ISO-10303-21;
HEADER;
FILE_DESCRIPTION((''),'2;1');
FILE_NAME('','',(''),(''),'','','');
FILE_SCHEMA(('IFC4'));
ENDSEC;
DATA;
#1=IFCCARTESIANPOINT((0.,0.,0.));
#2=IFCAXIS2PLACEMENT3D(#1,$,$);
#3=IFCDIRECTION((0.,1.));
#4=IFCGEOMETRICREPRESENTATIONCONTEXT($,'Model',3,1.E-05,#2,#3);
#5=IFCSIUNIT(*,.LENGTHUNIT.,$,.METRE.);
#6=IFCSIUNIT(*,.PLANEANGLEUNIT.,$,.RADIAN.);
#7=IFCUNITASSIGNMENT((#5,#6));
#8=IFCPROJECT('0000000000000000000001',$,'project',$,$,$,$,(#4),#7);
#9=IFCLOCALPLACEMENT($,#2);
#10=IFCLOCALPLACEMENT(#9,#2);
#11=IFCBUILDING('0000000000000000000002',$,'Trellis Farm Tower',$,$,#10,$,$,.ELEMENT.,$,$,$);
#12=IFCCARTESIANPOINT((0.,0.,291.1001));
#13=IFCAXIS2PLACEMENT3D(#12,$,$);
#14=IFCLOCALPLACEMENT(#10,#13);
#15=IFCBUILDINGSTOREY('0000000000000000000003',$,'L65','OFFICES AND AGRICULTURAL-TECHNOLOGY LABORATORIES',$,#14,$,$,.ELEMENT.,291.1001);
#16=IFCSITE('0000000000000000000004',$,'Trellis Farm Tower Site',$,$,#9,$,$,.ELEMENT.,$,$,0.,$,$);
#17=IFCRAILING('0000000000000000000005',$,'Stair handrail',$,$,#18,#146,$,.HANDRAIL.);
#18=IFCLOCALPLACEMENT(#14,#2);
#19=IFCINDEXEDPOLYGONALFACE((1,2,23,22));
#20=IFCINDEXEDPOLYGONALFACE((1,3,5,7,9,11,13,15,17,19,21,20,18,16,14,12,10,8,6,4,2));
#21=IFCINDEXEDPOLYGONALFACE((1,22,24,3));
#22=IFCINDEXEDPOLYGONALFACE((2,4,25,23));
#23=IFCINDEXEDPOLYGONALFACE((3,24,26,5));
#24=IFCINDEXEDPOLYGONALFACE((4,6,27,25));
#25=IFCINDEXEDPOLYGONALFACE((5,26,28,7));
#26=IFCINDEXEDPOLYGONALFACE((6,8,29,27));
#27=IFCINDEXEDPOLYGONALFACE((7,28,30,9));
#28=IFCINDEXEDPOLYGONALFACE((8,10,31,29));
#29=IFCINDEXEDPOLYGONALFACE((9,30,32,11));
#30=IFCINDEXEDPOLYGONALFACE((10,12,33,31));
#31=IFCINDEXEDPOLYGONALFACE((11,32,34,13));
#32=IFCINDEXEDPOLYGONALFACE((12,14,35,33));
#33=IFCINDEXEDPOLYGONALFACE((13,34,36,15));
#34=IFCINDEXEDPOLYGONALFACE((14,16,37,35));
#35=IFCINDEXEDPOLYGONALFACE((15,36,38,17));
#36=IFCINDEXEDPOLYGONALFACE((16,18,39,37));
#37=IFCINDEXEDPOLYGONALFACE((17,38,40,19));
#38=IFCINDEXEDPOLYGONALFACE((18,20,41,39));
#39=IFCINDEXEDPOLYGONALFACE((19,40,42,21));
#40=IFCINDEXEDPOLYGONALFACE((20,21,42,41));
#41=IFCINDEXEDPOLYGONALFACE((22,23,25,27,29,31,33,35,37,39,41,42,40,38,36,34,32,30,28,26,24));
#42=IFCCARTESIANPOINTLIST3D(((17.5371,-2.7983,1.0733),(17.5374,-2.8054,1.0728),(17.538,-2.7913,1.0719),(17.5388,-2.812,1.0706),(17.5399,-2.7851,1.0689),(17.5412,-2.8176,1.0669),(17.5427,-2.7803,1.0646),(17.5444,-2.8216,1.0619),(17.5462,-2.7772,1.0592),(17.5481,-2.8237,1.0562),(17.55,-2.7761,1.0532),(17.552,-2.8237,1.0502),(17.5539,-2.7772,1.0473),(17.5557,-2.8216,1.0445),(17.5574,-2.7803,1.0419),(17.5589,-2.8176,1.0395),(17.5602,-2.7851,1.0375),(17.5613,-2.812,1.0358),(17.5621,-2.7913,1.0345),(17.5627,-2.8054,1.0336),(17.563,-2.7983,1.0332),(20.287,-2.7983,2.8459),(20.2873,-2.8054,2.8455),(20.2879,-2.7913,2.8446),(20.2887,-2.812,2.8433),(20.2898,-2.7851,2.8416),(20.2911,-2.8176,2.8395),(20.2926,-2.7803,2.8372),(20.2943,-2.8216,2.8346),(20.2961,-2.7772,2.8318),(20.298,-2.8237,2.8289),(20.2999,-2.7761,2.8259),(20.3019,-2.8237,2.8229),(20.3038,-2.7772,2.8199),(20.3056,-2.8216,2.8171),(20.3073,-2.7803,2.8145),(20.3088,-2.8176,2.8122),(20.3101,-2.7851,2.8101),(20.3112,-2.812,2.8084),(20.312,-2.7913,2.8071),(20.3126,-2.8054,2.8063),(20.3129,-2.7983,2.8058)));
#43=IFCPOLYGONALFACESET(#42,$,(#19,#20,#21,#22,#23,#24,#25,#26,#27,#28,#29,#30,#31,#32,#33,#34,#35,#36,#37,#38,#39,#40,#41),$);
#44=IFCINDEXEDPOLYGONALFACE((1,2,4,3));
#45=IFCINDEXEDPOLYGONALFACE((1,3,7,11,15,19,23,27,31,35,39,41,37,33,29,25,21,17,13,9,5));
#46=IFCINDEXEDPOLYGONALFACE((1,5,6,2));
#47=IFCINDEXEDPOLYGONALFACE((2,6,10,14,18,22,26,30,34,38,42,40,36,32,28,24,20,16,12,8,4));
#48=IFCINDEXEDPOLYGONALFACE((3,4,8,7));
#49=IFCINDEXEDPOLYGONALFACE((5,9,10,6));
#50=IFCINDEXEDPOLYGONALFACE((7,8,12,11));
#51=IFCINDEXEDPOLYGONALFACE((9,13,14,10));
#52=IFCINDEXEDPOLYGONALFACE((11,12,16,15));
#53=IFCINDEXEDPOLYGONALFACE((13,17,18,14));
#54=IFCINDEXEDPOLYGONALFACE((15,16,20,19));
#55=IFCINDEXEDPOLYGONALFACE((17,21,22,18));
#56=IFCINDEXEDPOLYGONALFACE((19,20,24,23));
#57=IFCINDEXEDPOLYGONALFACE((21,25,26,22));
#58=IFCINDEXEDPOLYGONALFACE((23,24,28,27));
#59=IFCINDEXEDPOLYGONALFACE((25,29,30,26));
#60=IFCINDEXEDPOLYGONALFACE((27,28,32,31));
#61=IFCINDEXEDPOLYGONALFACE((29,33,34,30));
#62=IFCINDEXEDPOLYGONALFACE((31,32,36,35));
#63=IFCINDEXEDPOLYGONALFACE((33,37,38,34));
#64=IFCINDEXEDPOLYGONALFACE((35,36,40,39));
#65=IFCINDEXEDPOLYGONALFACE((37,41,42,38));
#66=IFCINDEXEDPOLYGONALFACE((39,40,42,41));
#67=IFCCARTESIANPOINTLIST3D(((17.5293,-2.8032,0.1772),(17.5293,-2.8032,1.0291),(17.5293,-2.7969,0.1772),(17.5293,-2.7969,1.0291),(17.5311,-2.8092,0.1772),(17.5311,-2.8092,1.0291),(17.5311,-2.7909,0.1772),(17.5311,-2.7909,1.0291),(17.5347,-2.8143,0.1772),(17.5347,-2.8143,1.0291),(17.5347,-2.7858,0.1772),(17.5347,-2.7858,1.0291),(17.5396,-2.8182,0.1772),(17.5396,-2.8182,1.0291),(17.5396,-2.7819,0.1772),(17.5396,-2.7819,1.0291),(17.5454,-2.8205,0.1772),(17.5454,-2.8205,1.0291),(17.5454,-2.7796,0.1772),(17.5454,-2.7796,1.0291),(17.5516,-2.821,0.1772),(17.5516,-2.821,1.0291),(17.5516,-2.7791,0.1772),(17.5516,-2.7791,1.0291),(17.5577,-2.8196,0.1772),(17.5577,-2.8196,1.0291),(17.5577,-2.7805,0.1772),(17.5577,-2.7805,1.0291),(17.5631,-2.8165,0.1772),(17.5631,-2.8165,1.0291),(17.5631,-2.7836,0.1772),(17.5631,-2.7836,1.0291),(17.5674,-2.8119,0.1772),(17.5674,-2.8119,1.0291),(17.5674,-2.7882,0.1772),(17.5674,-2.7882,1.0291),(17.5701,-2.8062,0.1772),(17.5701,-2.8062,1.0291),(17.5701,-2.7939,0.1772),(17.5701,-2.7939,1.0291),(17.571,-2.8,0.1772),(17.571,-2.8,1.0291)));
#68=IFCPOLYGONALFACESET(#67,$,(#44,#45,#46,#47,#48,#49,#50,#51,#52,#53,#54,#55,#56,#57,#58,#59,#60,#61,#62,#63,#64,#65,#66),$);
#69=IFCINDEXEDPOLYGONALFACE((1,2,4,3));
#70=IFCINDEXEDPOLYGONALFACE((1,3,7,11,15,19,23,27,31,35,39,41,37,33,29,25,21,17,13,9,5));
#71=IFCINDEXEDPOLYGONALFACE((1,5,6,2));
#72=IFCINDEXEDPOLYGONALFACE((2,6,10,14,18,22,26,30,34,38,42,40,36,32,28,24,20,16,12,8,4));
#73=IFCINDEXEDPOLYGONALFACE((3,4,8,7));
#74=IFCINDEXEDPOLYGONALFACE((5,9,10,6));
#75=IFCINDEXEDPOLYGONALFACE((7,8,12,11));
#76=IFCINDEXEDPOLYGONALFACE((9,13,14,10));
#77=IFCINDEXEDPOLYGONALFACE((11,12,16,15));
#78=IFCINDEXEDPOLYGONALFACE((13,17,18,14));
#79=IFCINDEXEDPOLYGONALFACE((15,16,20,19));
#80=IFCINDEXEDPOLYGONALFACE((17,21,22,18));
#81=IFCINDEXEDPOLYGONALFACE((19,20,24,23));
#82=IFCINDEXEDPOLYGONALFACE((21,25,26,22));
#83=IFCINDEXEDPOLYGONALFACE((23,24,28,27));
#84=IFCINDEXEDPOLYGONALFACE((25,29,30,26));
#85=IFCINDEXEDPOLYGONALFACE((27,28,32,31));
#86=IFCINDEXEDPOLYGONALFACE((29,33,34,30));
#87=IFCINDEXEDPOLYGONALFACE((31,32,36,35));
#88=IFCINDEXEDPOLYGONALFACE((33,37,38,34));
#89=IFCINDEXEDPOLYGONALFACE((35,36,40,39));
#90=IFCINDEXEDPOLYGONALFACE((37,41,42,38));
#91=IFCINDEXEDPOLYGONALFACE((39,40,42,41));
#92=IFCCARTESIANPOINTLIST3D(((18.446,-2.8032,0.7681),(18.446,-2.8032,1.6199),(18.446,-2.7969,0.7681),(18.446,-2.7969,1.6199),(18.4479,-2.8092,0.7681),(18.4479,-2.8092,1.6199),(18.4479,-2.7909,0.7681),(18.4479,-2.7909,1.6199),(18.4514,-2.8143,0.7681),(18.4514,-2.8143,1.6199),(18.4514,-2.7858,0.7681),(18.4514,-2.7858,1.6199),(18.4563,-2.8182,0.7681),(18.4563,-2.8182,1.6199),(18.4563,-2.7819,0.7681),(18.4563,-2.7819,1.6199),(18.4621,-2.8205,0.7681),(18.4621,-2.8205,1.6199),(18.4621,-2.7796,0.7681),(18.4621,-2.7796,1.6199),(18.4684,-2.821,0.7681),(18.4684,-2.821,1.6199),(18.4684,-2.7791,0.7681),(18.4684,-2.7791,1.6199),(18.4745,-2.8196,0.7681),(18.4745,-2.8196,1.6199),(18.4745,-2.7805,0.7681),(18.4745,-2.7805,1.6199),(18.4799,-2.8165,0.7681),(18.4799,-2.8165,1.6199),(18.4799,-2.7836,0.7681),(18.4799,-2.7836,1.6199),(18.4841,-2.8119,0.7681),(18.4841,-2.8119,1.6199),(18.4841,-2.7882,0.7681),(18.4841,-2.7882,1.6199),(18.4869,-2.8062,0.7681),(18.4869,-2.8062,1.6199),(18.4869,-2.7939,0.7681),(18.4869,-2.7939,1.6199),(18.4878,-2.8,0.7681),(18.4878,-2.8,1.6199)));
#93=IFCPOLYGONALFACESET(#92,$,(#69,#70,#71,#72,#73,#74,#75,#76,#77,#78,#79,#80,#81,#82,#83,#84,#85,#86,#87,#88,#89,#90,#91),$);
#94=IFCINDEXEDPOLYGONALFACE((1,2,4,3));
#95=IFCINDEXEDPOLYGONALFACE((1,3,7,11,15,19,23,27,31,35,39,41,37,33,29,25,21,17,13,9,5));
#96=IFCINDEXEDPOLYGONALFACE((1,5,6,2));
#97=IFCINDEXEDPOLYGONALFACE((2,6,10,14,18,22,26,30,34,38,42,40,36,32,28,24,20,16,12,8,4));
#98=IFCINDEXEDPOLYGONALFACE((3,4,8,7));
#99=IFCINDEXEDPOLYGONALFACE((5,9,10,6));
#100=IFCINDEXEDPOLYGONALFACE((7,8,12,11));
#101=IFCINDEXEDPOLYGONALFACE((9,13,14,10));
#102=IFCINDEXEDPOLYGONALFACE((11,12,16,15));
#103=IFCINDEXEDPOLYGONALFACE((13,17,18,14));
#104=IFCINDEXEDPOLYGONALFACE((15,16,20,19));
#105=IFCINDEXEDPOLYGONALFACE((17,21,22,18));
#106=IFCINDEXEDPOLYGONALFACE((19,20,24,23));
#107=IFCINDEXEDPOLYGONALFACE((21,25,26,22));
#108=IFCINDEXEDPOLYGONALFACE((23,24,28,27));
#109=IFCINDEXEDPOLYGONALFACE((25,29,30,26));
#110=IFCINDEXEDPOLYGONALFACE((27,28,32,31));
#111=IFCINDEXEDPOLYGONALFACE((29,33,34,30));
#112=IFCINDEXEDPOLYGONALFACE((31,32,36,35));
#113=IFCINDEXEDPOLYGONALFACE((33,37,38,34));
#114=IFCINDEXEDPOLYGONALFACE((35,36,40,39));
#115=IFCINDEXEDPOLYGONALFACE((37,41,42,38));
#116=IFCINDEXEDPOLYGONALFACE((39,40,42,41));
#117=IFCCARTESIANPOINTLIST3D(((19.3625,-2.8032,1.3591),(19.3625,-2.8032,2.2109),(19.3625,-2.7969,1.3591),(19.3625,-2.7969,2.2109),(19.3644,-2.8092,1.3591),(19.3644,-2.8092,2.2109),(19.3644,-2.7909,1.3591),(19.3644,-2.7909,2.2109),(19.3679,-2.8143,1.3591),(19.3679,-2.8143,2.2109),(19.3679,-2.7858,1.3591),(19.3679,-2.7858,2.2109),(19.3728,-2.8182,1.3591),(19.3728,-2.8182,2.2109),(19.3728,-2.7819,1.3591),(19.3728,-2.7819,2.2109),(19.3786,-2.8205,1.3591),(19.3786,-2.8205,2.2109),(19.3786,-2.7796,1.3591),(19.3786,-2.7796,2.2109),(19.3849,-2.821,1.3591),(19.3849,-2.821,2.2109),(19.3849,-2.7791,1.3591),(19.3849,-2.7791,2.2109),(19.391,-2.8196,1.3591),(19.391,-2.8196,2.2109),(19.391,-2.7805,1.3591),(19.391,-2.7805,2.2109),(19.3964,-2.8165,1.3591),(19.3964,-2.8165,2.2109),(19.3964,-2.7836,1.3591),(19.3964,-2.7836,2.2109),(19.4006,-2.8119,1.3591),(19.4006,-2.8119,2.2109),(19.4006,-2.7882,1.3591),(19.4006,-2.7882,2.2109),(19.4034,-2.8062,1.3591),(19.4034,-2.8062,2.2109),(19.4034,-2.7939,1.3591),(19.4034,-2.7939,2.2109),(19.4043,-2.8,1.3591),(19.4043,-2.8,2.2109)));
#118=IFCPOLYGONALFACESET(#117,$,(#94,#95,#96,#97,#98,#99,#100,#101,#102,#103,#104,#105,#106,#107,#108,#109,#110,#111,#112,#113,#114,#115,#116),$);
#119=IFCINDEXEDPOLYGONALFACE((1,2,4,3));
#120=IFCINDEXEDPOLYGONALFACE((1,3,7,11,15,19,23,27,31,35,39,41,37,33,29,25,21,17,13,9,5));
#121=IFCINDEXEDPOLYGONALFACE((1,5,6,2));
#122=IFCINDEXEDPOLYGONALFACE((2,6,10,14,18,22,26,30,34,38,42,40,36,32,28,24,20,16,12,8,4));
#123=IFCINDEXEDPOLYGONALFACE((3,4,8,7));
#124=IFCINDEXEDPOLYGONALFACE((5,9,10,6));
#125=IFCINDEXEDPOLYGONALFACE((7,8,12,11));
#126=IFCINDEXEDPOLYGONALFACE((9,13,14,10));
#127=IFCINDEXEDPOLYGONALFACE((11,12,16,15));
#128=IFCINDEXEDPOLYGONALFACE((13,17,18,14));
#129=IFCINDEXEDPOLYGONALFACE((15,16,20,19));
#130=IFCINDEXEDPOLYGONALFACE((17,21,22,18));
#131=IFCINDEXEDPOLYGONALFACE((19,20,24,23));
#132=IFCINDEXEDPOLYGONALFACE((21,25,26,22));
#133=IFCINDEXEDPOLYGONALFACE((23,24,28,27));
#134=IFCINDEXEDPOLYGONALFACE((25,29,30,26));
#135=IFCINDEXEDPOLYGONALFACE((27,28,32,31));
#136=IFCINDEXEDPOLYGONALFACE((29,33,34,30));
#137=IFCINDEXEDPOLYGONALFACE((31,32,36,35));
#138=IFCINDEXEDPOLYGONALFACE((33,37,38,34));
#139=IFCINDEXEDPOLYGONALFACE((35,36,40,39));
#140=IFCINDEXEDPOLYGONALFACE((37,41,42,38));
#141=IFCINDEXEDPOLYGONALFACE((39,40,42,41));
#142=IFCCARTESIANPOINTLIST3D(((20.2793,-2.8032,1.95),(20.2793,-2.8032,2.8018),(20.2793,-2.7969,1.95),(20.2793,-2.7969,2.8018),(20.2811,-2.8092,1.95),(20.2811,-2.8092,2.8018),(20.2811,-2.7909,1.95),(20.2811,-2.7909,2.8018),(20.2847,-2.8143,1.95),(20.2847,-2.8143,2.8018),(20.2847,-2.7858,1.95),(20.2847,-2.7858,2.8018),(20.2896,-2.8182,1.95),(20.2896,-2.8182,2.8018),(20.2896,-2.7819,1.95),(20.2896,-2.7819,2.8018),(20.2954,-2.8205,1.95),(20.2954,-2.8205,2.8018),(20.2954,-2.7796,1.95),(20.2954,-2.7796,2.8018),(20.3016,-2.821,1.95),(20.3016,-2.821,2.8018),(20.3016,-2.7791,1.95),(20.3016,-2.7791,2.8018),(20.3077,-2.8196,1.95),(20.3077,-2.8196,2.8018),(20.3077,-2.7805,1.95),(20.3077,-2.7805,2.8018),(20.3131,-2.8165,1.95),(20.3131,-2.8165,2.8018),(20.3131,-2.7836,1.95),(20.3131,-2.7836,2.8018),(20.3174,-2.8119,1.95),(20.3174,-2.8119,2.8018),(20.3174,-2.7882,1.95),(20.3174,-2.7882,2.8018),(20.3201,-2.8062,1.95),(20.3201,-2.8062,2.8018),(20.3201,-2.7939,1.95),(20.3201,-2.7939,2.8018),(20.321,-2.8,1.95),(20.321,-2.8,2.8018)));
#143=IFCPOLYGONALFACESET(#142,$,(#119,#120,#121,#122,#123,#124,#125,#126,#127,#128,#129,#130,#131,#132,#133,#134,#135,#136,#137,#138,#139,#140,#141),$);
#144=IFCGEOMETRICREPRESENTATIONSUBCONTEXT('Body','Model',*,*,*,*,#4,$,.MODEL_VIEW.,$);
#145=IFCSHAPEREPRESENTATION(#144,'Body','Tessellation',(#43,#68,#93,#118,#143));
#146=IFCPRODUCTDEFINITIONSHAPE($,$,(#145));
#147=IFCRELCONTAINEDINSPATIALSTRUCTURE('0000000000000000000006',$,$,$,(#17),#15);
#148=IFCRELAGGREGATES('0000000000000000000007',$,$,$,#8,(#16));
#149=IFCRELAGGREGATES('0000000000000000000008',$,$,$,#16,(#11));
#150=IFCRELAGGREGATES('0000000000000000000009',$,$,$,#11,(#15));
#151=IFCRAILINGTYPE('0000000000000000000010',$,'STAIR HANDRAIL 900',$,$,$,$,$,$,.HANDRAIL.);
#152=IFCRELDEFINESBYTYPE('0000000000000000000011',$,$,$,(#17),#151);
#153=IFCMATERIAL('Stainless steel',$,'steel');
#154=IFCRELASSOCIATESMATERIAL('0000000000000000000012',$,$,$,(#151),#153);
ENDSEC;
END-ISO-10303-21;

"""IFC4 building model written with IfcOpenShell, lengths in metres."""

from ifc_helpers import new_model, si_unit, direction, frame, origin, origin_2d, place, context, subcontext, project, spatial, circle, extrude, source, transform, mapped, material, type_object, element, save


model = new_model("IFC4")

# Units and contexts
model_context = context("Model", 3, precision=1e-05, world=origin(), true_north=direction((0.0, 1.0)))
body_context = subcontext(model_context, "Body", "Model", "MODEL_VIEW")
ifc_project = project(units=[si_unit("LENGTHUNIT", "METRE"), si_unit("PLANEANGLEUNIT", "RADIAN")], contexts=[model_context])

# Site, building, storey
site_placement = place(None, origin())
site = spatial("IfcSite", under=ifc_project, at=site_placement, Name="Trellis Farm Tower Site", CompositionType="ELEMENT", RefElevation=0.0)
building_placement = place(site_placement, origin())
building = spatial("IfcBuilding", under=site, at=building_placement, Name="Trellis Farm Tower", CompositionType="ELEMENT")
storey_placement = place(building_placement, frame((0.0, 0.0, 291.1001)))
storey = spatial("IfcBuildingStorey", under=building, at=storey_placement, Name="L65", Description="OFFICES AND AGRICULTURAL-TECHNOLOGY LABORATORIES", CompositionType="ELEMENT", Elevation=291.1001)

# Railing
ifc_material_1 = material(Name="Stainless steel", Category="steel")
railing_type = type_object("IfcRailingType", Name="STAIR HANDRAIL 900", PredefinedType="HANDRAIL", material=ifc_material_1)
shared_shape_1 = source(origin(), body_context, "Body", "SweptSolid", [
    extrude(circle(Radius=0.0239, at=origin_2d()), frame((0.0, 0.0, 0.876), z_axis=(0.840504, 0.0, 0.541806), x_axis=(0.0, 1.0, 0.0)), (0.0, 0.0, 1.0), 3.2717),
    extrude(circle(Radius=0.021, at=origin_2d()), origin(), (0.0, 0.0, 1.0), 0.8518),
    extrude(circle(Radius=0.021, at=origin_2d()), frame((0.9167, 0.0, 0.5908)), (0.0, 0.0, 1.0), 0.8518),
    extrude(circle(Radius=0.021, at=origin_2d()), frame((1.8333, 0.0, 1.1819)), (0.0, 0.0, 1.0), 0.8518),
    extrude(circle(Radius=0.021, at=origin_2d()), frame((2.75, 0.0, 1.7727)), (0.0, 0.0, 1.0), 0.8518),
])
railing_placement = place(storey_placement, frame((17.55, -2.8, 0.1772)))
element("IfcRailing", 1, at=railing_placement, inside=storey, type_object=railing_type, Name="Stair handrail", PredefinedType="HANDRAIL", context=body_context, shape_type="MappedRepresentation", body=[
    mapped(shared_shape_1, transform((0.0, 0.0, 0.0))),
])

save(model, "model.ifc")
